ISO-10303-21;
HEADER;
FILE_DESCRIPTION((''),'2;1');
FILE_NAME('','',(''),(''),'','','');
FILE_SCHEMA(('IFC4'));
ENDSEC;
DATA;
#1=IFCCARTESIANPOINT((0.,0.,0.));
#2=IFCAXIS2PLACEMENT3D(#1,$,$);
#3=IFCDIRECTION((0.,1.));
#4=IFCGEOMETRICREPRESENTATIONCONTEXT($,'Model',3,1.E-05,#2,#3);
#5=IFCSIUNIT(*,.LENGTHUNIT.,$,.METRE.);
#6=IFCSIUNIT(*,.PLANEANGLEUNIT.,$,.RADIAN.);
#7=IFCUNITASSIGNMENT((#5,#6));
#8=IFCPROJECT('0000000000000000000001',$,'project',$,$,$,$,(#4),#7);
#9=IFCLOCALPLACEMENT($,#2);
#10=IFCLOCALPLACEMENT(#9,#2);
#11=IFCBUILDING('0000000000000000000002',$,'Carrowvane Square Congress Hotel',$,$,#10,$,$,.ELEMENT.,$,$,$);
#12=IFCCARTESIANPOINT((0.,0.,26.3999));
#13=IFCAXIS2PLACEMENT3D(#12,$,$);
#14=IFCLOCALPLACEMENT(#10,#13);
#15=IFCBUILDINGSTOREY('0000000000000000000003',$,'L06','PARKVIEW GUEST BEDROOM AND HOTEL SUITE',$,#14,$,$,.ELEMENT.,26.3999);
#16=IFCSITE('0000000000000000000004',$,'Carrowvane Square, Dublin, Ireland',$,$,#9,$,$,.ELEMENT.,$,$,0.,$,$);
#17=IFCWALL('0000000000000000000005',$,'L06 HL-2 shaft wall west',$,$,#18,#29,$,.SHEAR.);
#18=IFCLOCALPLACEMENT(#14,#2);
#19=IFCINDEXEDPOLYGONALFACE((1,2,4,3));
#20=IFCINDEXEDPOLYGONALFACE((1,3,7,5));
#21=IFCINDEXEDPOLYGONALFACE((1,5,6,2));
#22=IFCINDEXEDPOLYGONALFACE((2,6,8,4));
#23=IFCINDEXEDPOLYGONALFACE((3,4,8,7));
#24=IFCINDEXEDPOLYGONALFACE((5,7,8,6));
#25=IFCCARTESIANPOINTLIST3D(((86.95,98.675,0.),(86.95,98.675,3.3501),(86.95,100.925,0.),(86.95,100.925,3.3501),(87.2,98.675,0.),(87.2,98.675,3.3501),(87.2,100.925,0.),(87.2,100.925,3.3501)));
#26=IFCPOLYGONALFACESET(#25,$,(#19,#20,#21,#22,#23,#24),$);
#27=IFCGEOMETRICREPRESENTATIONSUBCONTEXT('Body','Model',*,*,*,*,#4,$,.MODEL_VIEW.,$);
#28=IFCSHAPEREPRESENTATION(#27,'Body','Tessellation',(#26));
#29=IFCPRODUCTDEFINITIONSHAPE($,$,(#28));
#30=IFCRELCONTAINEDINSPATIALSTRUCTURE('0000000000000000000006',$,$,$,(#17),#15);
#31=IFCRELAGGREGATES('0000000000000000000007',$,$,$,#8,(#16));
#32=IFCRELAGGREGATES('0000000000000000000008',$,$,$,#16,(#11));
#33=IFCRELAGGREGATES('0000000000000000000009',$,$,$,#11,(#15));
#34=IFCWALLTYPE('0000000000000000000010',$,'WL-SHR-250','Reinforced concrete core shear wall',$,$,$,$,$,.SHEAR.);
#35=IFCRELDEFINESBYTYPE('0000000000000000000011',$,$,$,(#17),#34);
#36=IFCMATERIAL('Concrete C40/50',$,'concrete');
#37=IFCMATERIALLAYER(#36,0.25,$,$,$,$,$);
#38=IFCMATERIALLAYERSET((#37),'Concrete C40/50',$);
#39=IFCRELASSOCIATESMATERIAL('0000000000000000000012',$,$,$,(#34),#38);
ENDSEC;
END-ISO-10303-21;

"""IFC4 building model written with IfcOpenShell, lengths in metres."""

from ifc_helpers import new_model, si_unit, direction, frame, frame_2d, origin, place, context, subcontext, project, spatial, rectangle, extrude, material, layer, layer_set, type_object, element, save


model = new_model("IFC4")

# Units and contexts
model_context = context("Model", 3, precision=1e-05, world=origin(), true_north=direction((0.0, 1.0)))
body_context = subcontext(model_context, "Body", "Model", "MODEL_VIEW")
ifc_project = project(units=[si_unit("LENGTHUNIT", "METRE"), si_unit("PLANEANGLEUNIT", "RADIAN")], contexts=[model_context])

# Site, building, storey
site_placement = place(None, origin())
site = spatial("IfcSite", under=ifc_project, at=site_placement, Name="Carrowvane Square, Dublin, Ireland", CompositionType="ELEMENT", RefElevation=0.0)
building_placement = place(site_placement, origin())
building = spatial("IfcBuilding", under=site, at=building_placement, Name="Carrowvane Square Congress Hotel", CompositionType="ELEMENT")
storey_placement = place(building_placement, frame((0.0, 0.0, 26.3999)))
storey = spatial("IfcBuildingStorey", under=building, at=storey_placement, Name="L06", Description="PARKVIEW GUEST BEDROOM AND HOTEL SUITE", CompositionType="ELEMENT", Elevation=26.3999)

# Shared definitions
ifc_material_1 = material(Name="Concrete C40/50", Category="concrete")
ifc_layer_1 = layer(ifc_material_1, 0.25)
ifc_layer_set_1 = layer_set([ifc_layer_1], Name="Concrete C40/50")
wall_type_1 = type_object("IfcWallType", Name="WL-SHR-250", Description="Reinforced concrete core shear wall", PredefinedType="SHEAR", material=ifc_layer_set_1)

# Wall
wall_1_placement = place(storey_placement, frame((87.075, 100.925, 0.0), z_axis=(0.0, 0.0, 1.0), x_axis=(0.0, -1.0, 0.0)))
element("IfcWall", 1, at=wall_1_placement, inside=storey, type_object=wall_type_1, Name="L06 HL-2 shaft wall west", PredefinedType="SHEAR", context=body_context, shape_type="SweptSolid", body=[
    extrude(rectangle(XDim=2.25, YDim=0.25, at=frame_2d((1.125, 0.0))), origin(), (0.0, 0.0, 1.0), 3.3501),
])

save(model, "model.ifc")
